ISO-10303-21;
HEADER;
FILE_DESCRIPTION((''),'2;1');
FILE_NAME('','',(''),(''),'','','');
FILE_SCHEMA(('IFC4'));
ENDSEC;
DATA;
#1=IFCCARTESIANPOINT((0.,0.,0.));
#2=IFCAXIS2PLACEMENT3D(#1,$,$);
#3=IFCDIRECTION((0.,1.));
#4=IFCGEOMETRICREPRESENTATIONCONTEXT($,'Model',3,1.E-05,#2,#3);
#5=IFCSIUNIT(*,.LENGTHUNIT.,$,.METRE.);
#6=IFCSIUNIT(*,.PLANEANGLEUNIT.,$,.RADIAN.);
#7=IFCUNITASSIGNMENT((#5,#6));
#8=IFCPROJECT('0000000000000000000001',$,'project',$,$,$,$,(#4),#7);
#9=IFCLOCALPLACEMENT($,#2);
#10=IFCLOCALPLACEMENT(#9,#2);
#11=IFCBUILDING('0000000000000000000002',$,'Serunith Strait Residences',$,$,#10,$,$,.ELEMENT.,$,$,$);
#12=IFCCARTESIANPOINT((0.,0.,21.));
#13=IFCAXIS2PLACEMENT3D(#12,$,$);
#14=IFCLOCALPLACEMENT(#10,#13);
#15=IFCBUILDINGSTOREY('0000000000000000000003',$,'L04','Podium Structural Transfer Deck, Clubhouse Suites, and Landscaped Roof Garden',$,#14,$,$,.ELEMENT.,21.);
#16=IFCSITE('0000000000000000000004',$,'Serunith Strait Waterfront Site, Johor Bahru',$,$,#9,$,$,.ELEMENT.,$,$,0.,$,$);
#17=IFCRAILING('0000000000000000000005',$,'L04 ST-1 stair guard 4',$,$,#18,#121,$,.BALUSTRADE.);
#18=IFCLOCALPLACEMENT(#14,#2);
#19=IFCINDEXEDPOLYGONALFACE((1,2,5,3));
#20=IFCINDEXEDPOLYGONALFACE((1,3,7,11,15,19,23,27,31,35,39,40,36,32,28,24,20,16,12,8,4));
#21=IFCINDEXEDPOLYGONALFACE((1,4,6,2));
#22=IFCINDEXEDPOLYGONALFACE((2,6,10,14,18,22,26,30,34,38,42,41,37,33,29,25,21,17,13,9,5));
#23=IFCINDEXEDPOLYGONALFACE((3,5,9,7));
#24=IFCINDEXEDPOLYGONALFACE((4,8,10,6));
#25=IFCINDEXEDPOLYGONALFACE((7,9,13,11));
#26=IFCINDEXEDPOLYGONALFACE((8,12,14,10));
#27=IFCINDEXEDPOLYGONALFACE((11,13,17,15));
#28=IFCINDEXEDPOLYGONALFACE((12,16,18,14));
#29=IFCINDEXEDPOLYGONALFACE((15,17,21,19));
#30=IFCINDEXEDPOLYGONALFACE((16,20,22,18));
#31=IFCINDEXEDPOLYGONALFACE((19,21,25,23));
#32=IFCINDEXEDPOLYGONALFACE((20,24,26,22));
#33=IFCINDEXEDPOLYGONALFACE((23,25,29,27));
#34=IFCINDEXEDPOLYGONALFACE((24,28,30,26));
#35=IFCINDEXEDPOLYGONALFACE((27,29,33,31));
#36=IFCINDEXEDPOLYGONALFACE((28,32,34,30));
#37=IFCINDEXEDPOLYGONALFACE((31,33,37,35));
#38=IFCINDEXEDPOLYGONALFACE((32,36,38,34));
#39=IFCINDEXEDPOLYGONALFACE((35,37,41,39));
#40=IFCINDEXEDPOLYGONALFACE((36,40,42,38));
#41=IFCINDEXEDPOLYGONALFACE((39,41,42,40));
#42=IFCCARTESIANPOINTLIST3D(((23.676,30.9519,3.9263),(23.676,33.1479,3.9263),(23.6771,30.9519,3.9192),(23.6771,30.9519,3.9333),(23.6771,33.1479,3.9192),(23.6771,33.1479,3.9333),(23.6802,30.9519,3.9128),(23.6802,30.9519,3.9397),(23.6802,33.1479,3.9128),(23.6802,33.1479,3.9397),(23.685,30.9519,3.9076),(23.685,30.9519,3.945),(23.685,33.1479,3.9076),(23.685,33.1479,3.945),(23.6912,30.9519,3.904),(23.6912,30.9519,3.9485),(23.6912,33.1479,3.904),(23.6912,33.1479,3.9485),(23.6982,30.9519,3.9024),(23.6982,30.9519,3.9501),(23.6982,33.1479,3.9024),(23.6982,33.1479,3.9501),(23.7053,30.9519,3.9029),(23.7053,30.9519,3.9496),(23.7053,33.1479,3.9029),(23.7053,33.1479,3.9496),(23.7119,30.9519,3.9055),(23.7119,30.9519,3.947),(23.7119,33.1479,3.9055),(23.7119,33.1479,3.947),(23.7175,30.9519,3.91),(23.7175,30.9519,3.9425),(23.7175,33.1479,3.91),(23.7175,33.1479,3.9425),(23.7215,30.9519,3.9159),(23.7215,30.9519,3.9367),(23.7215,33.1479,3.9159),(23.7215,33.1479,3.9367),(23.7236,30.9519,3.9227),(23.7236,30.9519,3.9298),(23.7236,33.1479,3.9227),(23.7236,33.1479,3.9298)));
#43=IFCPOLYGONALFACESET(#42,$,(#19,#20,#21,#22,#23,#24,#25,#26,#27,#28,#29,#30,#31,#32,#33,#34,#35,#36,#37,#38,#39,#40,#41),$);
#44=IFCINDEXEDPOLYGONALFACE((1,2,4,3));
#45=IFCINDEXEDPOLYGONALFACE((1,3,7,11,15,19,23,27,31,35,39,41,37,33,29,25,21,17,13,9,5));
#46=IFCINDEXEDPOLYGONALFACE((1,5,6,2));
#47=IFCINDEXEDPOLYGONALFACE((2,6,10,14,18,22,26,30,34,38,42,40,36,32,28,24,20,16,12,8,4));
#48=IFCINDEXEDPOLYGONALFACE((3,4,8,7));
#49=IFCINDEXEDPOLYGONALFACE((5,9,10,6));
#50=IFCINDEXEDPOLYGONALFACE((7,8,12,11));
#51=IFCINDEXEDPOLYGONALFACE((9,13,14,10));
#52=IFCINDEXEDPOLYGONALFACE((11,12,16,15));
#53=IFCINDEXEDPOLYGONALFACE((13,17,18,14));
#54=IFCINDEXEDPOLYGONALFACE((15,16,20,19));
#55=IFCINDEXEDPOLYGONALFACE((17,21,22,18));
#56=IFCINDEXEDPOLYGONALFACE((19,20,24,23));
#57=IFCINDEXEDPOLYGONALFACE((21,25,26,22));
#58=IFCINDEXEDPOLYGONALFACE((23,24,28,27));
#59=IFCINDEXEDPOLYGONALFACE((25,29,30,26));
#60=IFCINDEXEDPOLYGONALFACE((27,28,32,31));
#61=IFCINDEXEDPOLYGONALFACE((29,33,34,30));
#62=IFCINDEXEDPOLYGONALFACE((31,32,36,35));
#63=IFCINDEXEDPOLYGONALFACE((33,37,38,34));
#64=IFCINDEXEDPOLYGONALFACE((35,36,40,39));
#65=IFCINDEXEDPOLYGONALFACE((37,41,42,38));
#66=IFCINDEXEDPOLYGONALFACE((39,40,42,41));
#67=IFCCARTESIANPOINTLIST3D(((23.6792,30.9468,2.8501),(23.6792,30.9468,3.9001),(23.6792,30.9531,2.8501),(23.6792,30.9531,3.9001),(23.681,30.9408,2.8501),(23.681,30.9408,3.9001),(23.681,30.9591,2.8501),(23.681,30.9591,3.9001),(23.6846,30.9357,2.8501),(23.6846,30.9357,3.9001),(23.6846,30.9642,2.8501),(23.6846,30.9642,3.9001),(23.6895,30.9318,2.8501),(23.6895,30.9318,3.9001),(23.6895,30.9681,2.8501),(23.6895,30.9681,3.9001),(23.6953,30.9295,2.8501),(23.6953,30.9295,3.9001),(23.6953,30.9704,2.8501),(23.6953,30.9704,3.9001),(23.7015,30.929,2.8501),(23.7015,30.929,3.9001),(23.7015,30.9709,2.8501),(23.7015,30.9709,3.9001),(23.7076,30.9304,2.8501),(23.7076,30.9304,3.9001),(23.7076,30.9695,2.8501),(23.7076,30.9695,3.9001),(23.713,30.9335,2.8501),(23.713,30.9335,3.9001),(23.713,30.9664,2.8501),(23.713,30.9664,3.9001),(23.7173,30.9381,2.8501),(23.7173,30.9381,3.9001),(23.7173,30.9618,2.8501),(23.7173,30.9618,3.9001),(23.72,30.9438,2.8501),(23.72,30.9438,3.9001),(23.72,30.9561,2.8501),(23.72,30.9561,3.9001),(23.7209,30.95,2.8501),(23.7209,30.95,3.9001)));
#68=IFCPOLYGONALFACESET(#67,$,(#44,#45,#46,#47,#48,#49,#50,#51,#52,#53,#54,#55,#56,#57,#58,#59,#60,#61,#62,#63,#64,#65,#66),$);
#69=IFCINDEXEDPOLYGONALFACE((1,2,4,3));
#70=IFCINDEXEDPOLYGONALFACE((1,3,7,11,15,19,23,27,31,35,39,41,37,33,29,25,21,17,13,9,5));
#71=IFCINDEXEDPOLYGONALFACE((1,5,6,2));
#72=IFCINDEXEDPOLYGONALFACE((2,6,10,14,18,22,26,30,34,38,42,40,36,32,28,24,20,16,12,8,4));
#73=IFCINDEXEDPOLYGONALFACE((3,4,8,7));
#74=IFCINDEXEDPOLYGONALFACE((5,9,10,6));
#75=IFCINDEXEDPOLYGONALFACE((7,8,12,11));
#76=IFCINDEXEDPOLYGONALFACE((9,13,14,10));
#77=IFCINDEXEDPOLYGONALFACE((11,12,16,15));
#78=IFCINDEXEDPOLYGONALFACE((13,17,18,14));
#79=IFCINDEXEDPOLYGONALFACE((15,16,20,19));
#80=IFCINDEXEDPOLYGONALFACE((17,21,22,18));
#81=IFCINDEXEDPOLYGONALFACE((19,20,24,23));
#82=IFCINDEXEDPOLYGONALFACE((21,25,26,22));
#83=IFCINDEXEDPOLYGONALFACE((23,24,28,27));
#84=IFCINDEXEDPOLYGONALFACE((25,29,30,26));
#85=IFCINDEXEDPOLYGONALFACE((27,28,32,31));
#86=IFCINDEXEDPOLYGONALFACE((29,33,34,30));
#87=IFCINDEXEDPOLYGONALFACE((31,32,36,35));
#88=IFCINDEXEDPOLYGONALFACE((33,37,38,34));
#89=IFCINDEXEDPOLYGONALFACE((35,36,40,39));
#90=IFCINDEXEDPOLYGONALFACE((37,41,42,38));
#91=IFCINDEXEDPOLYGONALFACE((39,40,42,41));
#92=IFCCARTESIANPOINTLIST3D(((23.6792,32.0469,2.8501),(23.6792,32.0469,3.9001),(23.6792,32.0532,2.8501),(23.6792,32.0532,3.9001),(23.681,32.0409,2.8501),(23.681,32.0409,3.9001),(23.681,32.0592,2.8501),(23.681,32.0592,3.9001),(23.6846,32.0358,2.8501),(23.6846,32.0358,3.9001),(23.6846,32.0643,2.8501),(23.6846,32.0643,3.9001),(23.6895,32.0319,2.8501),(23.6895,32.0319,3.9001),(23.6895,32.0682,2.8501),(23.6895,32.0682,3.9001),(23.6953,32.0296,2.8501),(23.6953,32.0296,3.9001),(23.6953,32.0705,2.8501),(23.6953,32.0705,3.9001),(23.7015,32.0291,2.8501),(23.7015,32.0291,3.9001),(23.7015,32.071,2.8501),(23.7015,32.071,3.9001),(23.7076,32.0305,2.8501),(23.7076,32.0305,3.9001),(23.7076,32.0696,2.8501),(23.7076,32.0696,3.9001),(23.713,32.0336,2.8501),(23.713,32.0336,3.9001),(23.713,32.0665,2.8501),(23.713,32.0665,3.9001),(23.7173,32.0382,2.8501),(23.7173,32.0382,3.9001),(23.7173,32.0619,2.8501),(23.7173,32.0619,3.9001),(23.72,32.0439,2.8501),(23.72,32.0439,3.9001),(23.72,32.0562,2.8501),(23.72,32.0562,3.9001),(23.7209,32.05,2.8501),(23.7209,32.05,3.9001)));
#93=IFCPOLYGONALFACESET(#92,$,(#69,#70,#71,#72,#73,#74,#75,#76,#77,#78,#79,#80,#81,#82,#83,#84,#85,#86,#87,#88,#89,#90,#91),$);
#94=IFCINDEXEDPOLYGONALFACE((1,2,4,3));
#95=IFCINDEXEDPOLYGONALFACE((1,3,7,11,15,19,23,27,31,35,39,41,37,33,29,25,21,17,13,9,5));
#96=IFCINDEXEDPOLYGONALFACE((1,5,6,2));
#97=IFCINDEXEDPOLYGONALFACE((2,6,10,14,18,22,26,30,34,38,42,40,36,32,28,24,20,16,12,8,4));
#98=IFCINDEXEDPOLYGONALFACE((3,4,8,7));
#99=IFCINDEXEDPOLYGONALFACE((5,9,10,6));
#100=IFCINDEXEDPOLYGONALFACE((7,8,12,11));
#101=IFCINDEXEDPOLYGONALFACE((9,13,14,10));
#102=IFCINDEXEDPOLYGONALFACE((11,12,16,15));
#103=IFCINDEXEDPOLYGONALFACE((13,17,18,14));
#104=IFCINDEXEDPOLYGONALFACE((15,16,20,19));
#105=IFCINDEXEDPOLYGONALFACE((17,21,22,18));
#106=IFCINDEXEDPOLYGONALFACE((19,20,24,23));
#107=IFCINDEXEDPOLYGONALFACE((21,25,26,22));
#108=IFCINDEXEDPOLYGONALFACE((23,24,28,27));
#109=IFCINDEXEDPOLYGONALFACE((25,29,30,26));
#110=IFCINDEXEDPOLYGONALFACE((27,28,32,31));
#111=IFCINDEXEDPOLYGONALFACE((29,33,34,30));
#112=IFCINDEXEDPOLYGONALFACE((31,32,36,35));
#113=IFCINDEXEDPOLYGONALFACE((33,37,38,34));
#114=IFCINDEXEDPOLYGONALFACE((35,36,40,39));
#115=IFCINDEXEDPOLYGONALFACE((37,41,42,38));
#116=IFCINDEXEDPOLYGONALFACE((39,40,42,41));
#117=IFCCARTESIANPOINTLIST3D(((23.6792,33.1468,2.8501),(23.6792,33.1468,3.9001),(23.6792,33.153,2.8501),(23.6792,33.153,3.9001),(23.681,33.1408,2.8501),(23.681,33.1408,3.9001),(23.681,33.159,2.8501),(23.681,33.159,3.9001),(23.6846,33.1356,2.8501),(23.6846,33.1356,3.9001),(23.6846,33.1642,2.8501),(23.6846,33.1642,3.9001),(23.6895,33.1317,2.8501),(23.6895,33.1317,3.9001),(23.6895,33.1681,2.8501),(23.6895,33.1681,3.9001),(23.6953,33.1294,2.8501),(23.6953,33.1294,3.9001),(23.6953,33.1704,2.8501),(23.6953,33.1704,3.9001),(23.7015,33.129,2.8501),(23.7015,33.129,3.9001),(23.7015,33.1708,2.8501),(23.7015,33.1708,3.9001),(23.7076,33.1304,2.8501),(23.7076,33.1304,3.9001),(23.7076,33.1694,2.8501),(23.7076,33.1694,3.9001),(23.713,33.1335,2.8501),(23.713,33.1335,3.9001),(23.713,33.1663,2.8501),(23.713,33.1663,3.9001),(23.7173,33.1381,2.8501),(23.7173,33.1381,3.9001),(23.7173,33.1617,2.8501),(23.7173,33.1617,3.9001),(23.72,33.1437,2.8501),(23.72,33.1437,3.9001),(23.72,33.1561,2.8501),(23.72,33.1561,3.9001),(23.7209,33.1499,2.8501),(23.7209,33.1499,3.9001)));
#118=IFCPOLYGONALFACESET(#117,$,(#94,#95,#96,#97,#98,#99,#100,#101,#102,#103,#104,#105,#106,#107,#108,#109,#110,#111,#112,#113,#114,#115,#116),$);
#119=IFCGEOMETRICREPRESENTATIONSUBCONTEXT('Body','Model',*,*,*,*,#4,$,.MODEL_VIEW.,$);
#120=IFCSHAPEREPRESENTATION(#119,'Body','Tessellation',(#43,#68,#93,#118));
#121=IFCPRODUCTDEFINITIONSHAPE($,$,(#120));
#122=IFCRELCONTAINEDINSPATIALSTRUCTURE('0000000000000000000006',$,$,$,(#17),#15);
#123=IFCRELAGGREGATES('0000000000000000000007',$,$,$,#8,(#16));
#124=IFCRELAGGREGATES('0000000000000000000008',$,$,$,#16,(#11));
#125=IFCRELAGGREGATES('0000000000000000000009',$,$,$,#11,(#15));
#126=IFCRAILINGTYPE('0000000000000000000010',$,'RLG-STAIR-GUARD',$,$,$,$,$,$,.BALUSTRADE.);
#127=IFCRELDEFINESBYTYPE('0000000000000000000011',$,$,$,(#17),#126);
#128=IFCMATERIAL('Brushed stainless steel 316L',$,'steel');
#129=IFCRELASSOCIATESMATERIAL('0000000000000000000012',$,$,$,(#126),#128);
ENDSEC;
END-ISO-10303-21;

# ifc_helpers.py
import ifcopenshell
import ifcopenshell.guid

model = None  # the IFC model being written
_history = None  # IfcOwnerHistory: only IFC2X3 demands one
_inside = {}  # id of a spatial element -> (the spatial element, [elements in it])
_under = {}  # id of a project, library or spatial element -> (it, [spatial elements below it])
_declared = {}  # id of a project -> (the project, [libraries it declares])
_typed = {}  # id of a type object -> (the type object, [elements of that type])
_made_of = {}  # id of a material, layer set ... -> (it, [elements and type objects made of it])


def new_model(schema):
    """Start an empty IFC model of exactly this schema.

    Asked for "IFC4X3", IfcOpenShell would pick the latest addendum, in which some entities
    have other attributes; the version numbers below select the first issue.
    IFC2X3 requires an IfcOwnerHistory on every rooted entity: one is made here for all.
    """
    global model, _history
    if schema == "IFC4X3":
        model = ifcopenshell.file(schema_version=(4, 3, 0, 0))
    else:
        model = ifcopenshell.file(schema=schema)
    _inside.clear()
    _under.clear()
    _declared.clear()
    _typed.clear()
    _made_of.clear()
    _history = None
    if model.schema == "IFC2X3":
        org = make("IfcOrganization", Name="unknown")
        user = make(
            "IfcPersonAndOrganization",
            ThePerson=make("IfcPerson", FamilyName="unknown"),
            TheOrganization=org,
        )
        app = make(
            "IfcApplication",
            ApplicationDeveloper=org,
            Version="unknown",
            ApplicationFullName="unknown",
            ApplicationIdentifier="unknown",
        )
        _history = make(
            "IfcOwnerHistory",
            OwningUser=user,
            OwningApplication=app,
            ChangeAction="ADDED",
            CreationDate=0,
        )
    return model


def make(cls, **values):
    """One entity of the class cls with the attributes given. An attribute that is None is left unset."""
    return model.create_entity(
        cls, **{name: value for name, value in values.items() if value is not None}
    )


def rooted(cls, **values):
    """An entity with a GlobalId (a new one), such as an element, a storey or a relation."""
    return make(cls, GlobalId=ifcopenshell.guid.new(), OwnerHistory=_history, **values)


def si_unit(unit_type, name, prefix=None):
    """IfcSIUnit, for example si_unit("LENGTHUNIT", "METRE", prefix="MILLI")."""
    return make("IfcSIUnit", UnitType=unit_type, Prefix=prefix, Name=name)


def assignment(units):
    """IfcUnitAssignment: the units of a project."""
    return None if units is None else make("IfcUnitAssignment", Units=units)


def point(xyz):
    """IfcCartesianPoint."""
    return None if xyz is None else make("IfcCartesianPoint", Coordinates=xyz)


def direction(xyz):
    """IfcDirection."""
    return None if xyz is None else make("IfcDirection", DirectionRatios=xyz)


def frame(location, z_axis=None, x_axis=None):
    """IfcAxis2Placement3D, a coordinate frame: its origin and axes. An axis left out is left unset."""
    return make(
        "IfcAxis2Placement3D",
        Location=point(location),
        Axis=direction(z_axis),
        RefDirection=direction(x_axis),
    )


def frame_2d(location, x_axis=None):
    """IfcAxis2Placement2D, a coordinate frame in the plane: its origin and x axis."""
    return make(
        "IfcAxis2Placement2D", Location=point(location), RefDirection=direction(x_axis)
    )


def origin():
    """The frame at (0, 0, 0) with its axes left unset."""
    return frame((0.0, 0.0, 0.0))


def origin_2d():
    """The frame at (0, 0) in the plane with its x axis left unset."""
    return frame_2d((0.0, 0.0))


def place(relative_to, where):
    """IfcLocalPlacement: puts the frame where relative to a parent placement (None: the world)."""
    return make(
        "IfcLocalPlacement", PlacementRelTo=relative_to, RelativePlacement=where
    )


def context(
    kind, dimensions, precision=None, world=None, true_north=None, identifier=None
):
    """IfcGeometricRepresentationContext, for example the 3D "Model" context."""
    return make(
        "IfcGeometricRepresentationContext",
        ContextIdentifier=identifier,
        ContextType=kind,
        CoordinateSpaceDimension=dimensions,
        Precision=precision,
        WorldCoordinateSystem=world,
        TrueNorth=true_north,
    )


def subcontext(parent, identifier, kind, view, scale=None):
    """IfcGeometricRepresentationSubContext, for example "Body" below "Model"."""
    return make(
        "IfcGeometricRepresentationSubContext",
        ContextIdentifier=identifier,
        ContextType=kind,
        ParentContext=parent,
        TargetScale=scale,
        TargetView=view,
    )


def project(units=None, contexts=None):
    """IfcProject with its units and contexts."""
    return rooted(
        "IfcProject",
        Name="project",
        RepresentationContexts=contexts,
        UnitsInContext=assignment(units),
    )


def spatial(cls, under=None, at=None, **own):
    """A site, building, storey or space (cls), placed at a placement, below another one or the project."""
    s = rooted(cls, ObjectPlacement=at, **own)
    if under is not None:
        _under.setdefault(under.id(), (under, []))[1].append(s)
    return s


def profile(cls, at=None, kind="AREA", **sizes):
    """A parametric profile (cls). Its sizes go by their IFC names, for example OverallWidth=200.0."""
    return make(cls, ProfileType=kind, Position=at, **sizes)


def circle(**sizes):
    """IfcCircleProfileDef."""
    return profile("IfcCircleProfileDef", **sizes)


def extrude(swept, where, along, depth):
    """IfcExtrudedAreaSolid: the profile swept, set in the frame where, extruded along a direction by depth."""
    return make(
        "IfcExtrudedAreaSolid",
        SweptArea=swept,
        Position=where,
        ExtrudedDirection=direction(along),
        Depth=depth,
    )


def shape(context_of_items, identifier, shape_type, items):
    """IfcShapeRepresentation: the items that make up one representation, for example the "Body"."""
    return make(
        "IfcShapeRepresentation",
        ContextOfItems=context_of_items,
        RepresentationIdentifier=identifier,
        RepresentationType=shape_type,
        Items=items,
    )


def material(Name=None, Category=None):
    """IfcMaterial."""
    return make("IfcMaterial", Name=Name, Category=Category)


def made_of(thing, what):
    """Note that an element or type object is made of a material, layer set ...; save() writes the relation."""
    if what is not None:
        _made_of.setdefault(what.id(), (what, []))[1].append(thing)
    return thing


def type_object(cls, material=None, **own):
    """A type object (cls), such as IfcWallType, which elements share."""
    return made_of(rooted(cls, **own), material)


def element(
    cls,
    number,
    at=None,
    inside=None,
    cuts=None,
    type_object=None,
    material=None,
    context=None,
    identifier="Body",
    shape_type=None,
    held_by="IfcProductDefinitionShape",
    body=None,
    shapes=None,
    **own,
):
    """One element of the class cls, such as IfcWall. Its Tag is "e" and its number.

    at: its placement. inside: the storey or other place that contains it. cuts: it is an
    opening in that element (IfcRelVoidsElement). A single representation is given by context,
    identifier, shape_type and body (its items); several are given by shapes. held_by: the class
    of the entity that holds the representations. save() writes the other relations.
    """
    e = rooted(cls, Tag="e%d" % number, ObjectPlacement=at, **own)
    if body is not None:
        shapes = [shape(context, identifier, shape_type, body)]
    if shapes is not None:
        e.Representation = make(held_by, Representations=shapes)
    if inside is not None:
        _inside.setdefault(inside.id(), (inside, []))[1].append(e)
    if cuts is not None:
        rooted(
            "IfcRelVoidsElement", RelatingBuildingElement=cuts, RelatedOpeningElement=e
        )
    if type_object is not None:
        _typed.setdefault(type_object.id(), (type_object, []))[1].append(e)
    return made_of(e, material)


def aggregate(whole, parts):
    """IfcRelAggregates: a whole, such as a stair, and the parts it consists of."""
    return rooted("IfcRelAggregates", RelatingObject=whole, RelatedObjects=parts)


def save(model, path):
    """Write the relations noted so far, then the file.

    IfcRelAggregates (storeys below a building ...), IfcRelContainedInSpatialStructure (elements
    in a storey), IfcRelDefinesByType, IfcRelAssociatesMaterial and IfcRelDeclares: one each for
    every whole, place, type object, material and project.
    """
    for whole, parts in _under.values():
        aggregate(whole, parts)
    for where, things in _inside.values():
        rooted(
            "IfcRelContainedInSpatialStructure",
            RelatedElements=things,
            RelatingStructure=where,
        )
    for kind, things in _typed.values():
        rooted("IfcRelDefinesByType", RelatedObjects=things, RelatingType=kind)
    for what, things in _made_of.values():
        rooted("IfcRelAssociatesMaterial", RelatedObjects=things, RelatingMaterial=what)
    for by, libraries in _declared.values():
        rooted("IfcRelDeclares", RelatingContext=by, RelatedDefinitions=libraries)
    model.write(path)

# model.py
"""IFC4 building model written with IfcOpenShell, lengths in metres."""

from ifc_helpers import new_model, si_unit, direction, frame, origin, origin_2d, place, context, subcontext, project, spatial, circle, extrude, material, type_object, element, save


model = new_model("IFC4")

# Units and contexts
model_context = context("Model", 3, precision=1e-05, world=origin(), true_north=direction((0.0, 1.0)))
body_context = subcontext(model_context, "Body", "Model", "MODEL_VIEW")
ifc_project = project(units=[si_unit("LENGTHUNIT", "METRE"), si_unit("PLANEANGLEUNIT", "RADIAN")], contexts=[model_context])

# Site, building, storey
site_placement = place(None, origin())
site = spatial("IfcSite", under=ifc_project, at=site_placement, Name="Serunith Strait Waterfront Site, Johor Bahru", CompositionType="ELEMENT", RefElevation=0.0)
building_placement = place(site_placement, origin())
building = spatial("IfcBuilding", under=site, at=building_placement, Name="Serunith Strait Residences", CompositionType="ELEMENT")
storey_placement = place(building_placement, frame((0.0, 0.0, 21.0)))
storey = spatial("IfcBuildingStorey", under=building, at=storey_placement, Name="L04", Description="Podium Structural Transfer Deck, Clubhouse Suites, and Landscaped Roof Garden", CompositionType="ELEMENT", Elevation=21.0)

# Railing
ifc_material_1 = material(Name="Brushed stainless steel 316L", Category="steel")
railing_type_1 = type_object("IfcRailingType", Name="RLG-STAIR-GUARD", PredefinedType="BALUSTRADE", material=ifc_material_1)
for number, where, name in (
    (1, (23.7, 30.95, 2.8501), "L04 ST-1 stair guard 4"),
):
    element("IfcRailing", number, at=place(storey_placement, frame(where)), inside=storey, type_object=railing_type_1, Name=name, PredefinedType="BALUSTRADE", context=body_context, shape_type="SweptSolid", body=[
        extrude(circle(Radius=0.0239, at=origin_2d()), frame((0.0, 0.002, 1.0762), z_axis=(0.0, 1.0, 0.0), x_axis=(-1.0, 0.0, 0.0)), (0.0, 0.0, 1.0), 2.196),
        extrude(circle(Radius=0.021, at=origin_2d()), origin(), (0.0, 0.0, 1.0), 1.05),
        extrude(circle(Radius=0.021, at=origin_2d()), frame((0.0, 1.1001, 0.0)), (0.0, 0.0, 1.0), 1.05),
        extrude(circle(Radius=0.021, at=origin_2d()), frame((0.0, 2.2, 0.0)), (0.0, 0.0, 1.0), 1.05),
    ])

save(model, "model.ifc")
